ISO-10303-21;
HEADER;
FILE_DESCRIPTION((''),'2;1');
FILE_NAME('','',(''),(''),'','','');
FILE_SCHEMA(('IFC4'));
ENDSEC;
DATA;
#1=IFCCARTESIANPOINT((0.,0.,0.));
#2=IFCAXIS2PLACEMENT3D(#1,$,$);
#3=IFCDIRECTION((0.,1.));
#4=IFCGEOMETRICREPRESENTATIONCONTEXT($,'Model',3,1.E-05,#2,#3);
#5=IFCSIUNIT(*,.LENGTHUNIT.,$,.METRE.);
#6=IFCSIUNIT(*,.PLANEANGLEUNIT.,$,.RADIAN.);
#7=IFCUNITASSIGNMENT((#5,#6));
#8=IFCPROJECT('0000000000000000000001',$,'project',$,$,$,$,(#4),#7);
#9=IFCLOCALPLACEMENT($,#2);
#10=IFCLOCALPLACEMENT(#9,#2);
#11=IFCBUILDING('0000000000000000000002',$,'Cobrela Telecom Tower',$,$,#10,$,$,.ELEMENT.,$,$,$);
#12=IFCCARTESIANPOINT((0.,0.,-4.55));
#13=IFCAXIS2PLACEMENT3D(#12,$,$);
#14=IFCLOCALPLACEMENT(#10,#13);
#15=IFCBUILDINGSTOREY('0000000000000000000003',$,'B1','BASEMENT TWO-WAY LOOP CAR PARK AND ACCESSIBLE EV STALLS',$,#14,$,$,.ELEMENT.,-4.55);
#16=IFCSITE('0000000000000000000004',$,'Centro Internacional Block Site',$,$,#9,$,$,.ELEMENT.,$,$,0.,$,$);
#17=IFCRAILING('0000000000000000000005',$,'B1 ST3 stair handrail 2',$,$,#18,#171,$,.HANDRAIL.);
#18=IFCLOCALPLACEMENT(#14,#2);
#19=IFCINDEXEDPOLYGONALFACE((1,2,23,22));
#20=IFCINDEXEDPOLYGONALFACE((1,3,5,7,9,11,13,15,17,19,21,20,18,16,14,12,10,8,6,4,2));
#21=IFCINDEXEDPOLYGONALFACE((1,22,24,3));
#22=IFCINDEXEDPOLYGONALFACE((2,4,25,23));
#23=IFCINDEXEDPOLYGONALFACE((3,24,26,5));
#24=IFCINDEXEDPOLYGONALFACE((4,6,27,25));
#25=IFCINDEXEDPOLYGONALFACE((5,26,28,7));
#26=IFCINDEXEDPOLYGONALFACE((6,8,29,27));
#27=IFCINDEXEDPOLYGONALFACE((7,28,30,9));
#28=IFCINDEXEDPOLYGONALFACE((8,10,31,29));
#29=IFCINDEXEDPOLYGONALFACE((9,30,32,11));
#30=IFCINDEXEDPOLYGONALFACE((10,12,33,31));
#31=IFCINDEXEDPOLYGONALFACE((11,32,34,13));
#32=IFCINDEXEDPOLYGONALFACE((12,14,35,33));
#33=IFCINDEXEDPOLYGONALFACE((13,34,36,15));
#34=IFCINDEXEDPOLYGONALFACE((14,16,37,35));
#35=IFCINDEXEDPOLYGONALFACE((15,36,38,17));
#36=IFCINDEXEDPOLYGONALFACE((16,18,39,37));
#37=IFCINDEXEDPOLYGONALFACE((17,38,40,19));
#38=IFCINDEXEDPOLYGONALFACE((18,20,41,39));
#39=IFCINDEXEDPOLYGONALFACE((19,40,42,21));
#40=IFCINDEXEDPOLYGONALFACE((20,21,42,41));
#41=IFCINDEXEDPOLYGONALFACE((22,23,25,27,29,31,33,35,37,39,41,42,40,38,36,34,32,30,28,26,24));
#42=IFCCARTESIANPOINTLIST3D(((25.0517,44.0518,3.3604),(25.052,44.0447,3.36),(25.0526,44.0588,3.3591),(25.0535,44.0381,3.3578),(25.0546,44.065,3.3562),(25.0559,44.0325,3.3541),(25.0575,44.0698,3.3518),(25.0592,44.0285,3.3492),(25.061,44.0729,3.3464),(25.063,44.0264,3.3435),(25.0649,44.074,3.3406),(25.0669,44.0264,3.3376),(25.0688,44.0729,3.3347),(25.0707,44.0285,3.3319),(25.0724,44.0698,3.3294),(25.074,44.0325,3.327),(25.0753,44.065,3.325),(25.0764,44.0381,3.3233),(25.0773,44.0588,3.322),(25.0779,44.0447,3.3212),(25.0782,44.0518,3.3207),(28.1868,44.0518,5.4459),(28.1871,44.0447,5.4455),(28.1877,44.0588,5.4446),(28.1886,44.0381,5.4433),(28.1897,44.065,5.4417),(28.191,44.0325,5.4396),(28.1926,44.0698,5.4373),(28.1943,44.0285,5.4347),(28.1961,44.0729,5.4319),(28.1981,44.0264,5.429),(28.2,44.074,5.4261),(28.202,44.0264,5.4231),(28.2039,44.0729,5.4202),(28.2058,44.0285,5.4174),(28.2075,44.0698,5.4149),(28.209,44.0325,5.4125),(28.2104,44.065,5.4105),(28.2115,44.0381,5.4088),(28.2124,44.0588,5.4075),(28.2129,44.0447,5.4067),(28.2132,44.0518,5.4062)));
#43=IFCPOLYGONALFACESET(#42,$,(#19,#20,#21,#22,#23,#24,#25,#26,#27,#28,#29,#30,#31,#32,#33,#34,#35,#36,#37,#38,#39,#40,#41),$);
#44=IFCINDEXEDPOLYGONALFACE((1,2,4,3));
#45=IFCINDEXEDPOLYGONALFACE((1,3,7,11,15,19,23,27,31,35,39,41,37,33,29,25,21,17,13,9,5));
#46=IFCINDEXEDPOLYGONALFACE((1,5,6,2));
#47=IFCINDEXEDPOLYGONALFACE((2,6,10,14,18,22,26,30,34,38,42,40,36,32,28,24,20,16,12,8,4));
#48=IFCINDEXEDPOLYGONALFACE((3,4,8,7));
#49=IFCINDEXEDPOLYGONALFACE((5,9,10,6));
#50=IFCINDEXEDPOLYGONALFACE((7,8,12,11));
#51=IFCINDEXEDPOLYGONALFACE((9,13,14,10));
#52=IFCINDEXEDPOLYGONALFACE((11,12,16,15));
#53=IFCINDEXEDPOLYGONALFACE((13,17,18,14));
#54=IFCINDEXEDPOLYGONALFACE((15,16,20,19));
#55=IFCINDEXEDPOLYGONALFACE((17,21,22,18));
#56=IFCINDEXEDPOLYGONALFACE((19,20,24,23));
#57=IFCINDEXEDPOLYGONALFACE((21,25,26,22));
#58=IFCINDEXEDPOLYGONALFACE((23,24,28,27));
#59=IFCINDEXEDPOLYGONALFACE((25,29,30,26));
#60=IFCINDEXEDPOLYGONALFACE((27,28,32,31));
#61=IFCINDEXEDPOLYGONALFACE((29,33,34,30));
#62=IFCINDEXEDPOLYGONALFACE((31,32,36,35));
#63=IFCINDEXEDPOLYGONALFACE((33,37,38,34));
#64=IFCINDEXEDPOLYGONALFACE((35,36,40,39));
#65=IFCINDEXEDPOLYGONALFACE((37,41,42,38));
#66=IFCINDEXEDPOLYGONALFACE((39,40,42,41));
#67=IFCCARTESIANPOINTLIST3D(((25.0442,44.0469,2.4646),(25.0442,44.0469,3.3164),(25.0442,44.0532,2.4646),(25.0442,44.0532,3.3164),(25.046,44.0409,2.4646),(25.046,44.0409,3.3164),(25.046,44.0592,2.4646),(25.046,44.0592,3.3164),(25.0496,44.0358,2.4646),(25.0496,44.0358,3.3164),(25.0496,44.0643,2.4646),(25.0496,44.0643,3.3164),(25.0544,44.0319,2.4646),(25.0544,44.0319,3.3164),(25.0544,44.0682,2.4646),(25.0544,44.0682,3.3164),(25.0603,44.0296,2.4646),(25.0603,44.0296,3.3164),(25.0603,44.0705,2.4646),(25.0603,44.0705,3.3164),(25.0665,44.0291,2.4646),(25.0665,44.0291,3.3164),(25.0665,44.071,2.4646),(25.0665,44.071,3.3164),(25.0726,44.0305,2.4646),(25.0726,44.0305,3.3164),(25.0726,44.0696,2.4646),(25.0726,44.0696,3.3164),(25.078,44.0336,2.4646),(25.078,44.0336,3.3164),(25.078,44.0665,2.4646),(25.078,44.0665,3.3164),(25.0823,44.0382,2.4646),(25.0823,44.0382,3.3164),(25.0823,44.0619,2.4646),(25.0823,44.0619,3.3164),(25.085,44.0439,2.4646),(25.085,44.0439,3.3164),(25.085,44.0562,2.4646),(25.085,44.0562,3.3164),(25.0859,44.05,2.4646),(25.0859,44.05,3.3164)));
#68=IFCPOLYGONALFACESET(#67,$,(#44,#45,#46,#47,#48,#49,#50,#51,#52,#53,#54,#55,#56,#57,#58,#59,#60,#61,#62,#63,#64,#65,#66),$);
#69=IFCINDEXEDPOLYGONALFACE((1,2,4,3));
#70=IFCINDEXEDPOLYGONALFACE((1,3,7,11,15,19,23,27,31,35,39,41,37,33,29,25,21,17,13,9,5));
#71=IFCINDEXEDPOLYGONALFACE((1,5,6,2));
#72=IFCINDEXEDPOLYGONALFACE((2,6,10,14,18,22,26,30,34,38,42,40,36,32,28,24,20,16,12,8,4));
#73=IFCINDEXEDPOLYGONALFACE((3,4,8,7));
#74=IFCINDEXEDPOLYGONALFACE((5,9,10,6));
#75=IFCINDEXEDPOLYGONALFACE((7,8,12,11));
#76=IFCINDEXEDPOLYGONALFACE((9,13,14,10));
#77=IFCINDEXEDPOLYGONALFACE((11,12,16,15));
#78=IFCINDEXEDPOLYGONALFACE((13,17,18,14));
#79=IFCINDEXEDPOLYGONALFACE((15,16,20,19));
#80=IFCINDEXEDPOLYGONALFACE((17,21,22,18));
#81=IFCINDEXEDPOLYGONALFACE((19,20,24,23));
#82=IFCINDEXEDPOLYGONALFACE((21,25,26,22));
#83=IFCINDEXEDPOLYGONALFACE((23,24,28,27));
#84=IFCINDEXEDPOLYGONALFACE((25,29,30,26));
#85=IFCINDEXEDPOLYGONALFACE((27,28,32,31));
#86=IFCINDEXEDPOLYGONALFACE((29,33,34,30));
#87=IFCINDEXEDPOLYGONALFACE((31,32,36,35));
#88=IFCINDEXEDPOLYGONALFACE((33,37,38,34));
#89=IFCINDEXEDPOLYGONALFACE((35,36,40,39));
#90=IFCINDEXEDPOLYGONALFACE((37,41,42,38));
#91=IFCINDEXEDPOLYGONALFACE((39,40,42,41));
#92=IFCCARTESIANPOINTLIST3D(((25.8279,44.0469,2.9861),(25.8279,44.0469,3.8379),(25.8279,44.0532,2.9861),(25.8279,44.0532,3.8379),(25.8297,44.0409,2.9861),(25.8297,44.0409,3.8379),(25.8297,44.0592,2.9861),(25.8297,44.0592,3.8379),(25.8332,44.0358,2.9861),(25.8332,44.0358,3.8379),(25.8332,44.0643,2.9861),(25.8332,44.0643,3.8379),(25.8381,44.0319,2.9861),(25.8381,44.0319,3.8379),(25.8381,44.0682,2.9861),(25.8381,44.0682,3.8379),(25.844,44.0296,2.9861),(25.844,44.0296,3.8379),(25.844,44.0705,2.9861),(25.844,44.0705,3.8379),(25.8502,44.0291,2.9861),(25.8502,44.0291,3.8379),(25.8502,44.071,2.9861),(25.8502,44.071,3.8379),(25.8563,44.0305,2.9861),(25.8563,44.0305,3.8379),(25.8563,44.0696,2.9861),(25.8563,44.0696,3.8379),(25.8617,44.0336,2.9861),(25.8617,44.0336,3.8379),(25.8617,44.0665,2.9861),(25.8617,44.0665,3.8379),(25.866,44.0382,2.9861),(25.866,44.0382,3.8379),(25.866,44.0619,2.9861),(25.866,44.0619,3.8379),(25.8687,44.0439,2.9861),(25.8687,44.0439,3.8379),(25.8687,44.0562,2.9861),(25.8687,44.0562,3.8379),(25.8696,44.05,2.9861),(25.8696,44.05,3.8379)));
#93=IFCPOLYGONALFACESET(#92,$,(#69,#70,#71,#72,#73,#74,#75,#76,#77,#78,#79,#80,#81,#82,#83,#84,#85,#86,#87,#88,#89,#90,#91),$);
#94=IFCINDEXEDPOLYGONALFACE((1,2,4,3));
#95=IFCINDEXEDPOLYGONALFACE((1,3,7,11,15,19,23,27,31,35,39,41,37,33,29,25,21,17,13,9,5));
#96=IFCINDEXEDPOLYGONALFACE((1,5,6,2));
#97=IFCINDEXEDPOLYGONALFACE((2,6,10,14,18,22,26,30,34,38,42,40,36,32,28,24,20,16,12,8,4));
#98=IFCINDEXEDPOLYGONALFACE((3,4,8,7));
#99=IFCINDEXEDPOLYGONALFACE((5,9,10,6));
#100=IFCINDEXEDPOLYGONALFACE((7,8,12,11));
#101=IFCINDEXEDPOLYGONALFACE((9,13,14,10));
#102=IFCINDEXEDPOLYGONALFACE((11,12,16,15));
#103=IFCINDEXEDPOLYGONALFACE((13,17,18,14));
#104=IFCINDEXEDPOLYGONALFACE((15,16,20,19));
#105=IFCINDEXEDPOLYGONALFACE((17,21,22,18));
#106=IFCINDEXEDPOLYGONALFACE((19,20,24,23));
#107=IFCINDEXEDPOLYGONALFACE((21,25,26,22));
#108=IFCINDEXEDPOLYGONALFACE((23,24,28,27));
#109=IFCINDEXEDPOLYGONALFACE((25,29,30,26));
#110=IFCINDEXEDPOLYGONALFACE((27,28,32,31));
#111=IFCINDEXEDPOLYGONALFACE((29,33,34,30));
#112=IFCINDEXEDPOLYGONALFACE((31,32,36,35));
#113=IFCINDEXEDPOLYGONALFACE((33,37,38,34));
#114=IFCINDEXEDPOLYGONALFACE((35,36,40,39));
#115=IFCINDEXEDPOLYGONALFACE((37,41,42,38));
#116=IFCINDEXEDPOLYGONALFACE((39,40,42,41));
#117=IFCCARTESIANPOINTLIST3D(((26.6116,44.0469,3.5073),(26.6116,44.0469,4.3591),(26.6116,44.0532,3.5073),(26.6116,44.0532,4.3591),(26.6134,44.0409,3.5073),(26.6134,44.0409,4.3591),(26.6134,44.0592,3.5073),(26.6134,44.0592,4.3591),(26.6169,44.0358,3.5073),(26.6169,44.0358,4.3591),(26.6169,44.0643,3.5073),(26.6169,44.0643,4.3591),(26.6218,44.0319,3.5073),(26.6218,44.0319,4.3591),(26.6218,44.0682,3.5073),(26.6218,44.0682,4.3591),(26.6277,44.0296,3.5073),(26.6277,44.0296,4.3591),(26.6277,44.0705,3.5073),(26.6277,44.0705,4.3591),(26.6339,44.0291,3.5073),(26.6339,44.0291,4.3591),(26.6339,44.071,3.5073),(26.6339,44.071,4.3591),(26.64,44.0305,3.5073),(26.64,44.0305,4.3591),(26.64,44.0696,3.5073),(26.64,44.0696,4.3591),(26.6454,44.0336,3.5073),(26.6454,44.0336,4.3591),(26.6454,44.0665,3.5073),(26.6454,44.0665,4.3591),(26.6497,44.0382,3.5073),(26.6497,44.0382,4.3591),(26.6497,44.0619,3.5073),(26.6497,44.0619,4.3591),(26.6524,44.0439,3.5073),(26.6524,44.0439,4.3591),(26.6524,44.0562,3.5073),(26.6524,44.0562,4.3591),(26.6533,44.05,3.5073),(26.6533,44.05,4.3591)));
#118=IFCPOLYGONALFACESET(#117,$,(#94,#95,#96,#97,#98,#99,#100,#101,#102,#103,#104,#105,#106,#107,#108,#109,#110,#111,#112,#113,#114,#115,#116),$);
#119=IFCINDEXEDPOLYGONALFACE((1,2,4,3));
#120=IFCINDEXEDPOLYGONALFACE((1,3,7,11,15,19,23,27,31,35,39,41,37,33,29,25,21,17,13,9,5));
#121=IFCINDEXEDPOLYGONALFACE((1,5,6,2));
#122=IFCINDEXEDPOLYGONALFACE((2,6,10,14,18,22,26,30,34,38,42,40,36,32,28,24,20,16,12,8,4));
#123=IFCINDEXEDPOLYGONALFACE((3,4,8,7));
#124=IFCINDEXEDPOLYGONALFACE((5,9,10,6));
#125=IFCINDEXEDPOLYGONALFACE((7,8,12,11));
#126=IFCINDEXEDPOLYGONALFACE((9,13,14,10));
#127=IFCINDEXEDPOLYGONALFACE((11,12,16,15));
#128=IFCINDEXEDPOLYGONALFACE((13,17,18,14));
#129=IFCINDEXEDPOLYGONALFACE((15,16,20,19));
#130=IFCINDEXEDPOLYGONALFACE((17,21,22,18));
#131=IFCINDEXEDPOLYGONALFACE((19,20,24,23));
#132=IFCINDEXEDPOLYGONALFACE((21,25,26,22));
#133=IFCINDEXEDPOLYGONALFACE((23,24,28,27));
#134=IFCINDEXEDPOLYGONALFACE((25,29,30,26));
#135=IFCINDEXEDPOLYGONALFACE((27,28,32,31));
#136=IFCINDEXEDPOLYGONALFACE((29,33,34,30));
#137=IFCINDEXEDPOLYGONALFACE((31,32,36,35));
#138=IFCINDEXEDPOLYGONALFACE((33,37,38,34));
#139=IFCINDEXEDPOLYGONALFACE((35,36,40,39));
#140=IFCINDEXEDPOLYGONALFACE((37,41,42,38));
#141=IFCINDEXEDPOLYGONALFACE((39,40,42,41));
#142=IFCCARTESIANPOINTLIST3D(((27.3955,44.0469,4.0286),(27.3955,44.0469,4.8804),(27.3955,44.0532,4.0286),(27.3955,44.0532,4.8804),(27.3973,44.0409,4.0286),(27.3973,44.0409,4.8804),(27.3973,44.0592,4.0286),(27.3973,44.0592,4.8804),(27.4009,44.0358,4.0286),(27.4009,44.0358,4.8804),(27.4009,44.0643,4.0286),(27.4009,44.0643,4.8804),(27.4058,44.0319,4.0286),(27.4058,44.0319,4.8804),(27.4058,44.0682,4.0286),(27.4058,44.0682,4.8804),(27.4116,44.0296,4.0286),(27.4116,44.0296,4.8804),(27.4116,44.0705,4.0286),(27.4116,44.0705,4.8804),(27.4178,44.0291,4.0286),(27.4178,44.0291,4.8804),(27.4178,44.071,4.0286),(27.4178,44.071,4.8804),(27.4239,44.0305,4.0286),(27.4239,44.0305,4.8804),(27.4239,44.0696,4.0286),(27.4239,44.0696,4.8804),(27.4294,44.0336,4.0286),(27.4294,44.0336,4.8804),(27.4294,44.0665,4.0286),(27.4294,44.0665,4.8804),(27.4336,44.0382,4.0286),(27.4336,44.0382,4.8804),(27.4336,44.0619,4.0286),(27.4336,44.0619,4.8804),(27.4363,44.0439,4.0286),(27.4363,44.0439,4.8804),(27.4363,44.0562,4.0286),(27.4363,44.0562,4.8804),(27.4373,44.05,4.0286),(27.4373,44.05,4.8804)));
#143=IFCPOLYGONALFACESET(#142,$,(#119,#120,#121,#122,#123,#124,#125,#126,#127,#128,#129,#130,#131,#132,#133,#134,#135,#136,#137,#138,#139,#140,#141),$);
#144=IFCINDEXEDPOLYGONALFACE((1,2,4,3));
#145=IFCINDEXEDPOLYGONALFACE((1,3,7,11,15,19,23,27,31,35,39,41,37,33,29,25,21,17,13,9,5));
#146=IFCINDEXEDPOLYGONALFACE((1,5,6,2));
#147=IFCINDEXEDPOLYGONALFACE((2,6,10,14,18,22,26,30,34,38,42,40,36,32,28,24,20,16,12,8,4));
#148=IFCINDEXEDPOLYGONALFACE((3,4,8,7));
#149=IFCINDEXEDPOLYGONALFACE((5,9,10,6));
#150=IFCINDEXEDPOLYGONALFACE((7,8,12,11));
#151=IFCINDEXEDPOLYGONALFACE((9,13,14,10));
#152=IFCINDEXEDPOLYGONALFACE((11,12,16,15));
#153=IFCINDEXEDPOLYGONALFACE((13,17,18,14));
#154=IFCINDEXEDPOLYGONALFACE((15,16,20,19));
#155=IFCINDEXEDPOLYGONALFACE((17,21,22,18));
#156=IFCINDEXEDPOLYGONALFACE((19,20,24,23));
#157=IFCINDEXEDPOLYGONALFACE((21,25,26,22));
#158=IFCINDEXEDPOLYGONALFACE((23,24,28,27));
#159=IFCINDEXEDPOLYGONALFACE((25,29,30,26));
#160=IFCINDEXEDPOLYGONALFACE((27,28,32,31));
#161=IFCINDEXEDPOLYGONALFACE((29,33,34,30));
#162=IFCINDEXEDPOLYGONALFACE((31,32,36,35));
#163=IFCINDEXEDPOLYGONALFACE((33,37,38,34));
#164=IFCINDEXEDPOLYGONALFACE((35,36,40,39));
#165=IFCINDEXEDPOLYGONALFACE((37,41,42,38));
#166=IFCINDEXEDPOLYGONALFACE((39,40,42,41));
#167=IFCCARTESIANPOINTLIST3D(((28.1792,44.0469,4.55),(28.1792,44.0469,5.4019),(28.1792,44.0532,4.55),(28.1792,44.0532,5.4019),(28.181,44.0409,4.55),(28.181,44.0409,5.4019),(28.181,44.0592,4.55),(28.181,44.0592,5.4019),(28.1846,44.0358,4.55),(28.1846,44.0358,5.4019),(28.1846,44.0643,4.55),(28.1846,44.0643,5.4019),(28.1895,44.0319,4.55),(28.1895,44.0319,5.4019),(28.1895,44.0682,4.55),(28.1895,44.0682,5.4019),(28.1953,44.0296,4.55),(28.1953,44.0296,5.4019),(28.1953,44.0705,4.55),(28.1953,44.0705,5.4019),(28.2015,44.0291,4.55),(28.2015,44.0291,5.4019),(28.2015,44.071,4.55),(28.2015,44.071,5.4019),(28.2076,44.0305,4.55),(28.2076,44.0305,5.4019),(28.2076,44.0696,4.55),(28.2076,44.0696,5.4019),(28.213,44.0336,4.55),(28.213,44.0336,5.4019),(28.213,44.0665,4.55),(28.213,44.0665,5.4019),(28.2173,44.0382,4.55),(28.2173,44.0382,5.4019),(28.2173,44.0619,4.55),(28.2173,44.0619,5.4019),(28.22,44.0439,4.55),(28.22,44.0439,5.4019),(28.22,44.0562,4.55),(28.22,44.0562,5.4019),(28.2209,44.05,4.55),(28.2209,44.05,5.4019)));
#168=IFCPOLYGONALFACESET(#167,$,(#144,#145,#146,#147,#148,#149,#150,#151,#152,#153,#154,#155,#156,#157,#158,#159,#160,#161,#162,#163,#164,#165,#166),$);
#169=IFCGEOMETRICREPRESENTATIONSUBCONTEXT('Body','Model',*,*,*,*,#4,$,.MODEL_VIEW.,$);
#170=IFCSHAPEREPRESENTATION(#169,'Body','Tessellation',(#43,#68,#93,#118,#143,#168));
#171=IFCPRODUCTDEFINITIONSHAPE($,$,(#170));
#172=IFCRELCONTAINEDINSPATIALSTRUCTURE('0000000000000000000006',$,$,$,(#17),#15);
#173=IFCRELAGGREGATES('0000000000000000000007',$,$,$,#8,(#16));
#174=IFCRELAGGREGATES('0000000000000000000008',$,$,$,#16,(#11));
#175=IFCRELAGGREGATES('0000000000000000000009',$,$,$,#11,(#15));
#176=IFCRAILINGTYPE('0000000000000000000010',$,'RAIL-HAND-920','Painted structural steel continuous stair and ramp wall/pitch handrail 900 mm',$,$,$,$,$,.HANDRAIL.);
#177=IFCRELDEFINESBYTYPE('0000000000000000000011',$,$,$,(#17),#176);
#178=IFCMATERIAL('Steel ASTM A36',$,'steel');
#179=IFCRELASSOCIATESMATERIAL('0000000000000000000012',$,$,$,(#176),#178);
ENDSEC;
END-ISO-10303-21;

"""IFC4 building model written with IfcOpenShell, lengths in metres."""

from ifc_helpers import new_model, si_unit, direction, frame, origin, origin_2d, place, context, subcontext, project, spatial, circle, extrude, material, type_object, element, save


model = new_model("IFC4")

# Units and contexts
model_context = context("Model", 3, precision=1e-05, world=origin(), true_north=direction((0.0, 1.0)))
body_context = subcontext(model_context, "Body", "Model", "MODEL_VIEW")
ifc_project = project(units=[si_unit("LENGTHUNIT", "METRE"), si_unit("PLANEANGLEUNIT", "RADIAN")], contexts=[model_context])

# Site, building, storey
site_placement = place(None, origin())
site = spatial("IfcSite", under=ifc_project, at=site_placement, Name="Centro Internacional Block Site", CompositionType="ELEMENT", RefElevation=0.0)
building_placement = place(site_placement, origin())
building = spatial("IfcBuilding", under=site, at=building_placement, Name="Cobrela Telecom Tower", CompositionType="ELEMENT")
storey_placement = place(building_placement, frame((0.0, 0.0, -4.55)))
storey = spatial("IfcBuildingStorey", under=building, at=storey_placement, Name="B1", Description="BASEMENT TWO-WAY LOOP CAR PARK AND ACCESSIBLE EV STALLS", CompositionType="ELEMENT", Elevation=-4.55)

# Shared definitions
ifc_material_1 = material(Name="Steel ASTM A36", Category="steel")

# Railing
railing_type_1 = type_object("IfcRailingType", Name="RAIL-HAND-920", Description="Painted structural steel continuous stair and ramp wall/pitch handrail 900 mm", PredefinedType="HANDRAIL", material=ifc_material_1)
railing_1_placement = place(storey_placement, frame((25.0649, 44.05, 2.4646)))
element("IfcRailing", 1, at=railing_1_placement, inside=storey, type_object=railing_type_1, Name="B1 ST3 stair handrail 2", PredefinedType="HANDRAIL", context=body_context, shape_type="SweptSolid", body=[
    extrude(circle(Radius=0.0239, at=origin_2d()), frame((0.0, 0.0, 0.876), z_axis=(0.832608, 0.0, 0.553862), x_axis=(0.0, 1.0, 0.0)), (0.0, 0.0, 1.0), 3.7654),
    extrude(circle(Radius=0.021, at=origin_2d()), origin(), (0.0, 0.0, 1.0), 0.8518),
    extrude(circle(Radius=0.021, at=origin_2d()), frame((0.7837, 0.0, 0.5215)), (0.0, 0.0, 1.0), 0.8518),
    extrude(circle(Radius=0.021, at=origin_2d()), frame((1.5674, 0.0, 1.0427)), (0.0, 0.0, 1.0), 0.8518),
    extrude(circle(Radius=0.021, at=origin_2d()), frame((2.3513, 0.0, 1.564)), (0.0, 0.0, 1.0), 0.8518),
    extrude(circle(Radius=0.021, at=origin_2d()), frame((3.135, 0.0, 2.0854)), (0.0, 0.0, 1.0), 0.8518),
])

save(model, "model.ifc")
